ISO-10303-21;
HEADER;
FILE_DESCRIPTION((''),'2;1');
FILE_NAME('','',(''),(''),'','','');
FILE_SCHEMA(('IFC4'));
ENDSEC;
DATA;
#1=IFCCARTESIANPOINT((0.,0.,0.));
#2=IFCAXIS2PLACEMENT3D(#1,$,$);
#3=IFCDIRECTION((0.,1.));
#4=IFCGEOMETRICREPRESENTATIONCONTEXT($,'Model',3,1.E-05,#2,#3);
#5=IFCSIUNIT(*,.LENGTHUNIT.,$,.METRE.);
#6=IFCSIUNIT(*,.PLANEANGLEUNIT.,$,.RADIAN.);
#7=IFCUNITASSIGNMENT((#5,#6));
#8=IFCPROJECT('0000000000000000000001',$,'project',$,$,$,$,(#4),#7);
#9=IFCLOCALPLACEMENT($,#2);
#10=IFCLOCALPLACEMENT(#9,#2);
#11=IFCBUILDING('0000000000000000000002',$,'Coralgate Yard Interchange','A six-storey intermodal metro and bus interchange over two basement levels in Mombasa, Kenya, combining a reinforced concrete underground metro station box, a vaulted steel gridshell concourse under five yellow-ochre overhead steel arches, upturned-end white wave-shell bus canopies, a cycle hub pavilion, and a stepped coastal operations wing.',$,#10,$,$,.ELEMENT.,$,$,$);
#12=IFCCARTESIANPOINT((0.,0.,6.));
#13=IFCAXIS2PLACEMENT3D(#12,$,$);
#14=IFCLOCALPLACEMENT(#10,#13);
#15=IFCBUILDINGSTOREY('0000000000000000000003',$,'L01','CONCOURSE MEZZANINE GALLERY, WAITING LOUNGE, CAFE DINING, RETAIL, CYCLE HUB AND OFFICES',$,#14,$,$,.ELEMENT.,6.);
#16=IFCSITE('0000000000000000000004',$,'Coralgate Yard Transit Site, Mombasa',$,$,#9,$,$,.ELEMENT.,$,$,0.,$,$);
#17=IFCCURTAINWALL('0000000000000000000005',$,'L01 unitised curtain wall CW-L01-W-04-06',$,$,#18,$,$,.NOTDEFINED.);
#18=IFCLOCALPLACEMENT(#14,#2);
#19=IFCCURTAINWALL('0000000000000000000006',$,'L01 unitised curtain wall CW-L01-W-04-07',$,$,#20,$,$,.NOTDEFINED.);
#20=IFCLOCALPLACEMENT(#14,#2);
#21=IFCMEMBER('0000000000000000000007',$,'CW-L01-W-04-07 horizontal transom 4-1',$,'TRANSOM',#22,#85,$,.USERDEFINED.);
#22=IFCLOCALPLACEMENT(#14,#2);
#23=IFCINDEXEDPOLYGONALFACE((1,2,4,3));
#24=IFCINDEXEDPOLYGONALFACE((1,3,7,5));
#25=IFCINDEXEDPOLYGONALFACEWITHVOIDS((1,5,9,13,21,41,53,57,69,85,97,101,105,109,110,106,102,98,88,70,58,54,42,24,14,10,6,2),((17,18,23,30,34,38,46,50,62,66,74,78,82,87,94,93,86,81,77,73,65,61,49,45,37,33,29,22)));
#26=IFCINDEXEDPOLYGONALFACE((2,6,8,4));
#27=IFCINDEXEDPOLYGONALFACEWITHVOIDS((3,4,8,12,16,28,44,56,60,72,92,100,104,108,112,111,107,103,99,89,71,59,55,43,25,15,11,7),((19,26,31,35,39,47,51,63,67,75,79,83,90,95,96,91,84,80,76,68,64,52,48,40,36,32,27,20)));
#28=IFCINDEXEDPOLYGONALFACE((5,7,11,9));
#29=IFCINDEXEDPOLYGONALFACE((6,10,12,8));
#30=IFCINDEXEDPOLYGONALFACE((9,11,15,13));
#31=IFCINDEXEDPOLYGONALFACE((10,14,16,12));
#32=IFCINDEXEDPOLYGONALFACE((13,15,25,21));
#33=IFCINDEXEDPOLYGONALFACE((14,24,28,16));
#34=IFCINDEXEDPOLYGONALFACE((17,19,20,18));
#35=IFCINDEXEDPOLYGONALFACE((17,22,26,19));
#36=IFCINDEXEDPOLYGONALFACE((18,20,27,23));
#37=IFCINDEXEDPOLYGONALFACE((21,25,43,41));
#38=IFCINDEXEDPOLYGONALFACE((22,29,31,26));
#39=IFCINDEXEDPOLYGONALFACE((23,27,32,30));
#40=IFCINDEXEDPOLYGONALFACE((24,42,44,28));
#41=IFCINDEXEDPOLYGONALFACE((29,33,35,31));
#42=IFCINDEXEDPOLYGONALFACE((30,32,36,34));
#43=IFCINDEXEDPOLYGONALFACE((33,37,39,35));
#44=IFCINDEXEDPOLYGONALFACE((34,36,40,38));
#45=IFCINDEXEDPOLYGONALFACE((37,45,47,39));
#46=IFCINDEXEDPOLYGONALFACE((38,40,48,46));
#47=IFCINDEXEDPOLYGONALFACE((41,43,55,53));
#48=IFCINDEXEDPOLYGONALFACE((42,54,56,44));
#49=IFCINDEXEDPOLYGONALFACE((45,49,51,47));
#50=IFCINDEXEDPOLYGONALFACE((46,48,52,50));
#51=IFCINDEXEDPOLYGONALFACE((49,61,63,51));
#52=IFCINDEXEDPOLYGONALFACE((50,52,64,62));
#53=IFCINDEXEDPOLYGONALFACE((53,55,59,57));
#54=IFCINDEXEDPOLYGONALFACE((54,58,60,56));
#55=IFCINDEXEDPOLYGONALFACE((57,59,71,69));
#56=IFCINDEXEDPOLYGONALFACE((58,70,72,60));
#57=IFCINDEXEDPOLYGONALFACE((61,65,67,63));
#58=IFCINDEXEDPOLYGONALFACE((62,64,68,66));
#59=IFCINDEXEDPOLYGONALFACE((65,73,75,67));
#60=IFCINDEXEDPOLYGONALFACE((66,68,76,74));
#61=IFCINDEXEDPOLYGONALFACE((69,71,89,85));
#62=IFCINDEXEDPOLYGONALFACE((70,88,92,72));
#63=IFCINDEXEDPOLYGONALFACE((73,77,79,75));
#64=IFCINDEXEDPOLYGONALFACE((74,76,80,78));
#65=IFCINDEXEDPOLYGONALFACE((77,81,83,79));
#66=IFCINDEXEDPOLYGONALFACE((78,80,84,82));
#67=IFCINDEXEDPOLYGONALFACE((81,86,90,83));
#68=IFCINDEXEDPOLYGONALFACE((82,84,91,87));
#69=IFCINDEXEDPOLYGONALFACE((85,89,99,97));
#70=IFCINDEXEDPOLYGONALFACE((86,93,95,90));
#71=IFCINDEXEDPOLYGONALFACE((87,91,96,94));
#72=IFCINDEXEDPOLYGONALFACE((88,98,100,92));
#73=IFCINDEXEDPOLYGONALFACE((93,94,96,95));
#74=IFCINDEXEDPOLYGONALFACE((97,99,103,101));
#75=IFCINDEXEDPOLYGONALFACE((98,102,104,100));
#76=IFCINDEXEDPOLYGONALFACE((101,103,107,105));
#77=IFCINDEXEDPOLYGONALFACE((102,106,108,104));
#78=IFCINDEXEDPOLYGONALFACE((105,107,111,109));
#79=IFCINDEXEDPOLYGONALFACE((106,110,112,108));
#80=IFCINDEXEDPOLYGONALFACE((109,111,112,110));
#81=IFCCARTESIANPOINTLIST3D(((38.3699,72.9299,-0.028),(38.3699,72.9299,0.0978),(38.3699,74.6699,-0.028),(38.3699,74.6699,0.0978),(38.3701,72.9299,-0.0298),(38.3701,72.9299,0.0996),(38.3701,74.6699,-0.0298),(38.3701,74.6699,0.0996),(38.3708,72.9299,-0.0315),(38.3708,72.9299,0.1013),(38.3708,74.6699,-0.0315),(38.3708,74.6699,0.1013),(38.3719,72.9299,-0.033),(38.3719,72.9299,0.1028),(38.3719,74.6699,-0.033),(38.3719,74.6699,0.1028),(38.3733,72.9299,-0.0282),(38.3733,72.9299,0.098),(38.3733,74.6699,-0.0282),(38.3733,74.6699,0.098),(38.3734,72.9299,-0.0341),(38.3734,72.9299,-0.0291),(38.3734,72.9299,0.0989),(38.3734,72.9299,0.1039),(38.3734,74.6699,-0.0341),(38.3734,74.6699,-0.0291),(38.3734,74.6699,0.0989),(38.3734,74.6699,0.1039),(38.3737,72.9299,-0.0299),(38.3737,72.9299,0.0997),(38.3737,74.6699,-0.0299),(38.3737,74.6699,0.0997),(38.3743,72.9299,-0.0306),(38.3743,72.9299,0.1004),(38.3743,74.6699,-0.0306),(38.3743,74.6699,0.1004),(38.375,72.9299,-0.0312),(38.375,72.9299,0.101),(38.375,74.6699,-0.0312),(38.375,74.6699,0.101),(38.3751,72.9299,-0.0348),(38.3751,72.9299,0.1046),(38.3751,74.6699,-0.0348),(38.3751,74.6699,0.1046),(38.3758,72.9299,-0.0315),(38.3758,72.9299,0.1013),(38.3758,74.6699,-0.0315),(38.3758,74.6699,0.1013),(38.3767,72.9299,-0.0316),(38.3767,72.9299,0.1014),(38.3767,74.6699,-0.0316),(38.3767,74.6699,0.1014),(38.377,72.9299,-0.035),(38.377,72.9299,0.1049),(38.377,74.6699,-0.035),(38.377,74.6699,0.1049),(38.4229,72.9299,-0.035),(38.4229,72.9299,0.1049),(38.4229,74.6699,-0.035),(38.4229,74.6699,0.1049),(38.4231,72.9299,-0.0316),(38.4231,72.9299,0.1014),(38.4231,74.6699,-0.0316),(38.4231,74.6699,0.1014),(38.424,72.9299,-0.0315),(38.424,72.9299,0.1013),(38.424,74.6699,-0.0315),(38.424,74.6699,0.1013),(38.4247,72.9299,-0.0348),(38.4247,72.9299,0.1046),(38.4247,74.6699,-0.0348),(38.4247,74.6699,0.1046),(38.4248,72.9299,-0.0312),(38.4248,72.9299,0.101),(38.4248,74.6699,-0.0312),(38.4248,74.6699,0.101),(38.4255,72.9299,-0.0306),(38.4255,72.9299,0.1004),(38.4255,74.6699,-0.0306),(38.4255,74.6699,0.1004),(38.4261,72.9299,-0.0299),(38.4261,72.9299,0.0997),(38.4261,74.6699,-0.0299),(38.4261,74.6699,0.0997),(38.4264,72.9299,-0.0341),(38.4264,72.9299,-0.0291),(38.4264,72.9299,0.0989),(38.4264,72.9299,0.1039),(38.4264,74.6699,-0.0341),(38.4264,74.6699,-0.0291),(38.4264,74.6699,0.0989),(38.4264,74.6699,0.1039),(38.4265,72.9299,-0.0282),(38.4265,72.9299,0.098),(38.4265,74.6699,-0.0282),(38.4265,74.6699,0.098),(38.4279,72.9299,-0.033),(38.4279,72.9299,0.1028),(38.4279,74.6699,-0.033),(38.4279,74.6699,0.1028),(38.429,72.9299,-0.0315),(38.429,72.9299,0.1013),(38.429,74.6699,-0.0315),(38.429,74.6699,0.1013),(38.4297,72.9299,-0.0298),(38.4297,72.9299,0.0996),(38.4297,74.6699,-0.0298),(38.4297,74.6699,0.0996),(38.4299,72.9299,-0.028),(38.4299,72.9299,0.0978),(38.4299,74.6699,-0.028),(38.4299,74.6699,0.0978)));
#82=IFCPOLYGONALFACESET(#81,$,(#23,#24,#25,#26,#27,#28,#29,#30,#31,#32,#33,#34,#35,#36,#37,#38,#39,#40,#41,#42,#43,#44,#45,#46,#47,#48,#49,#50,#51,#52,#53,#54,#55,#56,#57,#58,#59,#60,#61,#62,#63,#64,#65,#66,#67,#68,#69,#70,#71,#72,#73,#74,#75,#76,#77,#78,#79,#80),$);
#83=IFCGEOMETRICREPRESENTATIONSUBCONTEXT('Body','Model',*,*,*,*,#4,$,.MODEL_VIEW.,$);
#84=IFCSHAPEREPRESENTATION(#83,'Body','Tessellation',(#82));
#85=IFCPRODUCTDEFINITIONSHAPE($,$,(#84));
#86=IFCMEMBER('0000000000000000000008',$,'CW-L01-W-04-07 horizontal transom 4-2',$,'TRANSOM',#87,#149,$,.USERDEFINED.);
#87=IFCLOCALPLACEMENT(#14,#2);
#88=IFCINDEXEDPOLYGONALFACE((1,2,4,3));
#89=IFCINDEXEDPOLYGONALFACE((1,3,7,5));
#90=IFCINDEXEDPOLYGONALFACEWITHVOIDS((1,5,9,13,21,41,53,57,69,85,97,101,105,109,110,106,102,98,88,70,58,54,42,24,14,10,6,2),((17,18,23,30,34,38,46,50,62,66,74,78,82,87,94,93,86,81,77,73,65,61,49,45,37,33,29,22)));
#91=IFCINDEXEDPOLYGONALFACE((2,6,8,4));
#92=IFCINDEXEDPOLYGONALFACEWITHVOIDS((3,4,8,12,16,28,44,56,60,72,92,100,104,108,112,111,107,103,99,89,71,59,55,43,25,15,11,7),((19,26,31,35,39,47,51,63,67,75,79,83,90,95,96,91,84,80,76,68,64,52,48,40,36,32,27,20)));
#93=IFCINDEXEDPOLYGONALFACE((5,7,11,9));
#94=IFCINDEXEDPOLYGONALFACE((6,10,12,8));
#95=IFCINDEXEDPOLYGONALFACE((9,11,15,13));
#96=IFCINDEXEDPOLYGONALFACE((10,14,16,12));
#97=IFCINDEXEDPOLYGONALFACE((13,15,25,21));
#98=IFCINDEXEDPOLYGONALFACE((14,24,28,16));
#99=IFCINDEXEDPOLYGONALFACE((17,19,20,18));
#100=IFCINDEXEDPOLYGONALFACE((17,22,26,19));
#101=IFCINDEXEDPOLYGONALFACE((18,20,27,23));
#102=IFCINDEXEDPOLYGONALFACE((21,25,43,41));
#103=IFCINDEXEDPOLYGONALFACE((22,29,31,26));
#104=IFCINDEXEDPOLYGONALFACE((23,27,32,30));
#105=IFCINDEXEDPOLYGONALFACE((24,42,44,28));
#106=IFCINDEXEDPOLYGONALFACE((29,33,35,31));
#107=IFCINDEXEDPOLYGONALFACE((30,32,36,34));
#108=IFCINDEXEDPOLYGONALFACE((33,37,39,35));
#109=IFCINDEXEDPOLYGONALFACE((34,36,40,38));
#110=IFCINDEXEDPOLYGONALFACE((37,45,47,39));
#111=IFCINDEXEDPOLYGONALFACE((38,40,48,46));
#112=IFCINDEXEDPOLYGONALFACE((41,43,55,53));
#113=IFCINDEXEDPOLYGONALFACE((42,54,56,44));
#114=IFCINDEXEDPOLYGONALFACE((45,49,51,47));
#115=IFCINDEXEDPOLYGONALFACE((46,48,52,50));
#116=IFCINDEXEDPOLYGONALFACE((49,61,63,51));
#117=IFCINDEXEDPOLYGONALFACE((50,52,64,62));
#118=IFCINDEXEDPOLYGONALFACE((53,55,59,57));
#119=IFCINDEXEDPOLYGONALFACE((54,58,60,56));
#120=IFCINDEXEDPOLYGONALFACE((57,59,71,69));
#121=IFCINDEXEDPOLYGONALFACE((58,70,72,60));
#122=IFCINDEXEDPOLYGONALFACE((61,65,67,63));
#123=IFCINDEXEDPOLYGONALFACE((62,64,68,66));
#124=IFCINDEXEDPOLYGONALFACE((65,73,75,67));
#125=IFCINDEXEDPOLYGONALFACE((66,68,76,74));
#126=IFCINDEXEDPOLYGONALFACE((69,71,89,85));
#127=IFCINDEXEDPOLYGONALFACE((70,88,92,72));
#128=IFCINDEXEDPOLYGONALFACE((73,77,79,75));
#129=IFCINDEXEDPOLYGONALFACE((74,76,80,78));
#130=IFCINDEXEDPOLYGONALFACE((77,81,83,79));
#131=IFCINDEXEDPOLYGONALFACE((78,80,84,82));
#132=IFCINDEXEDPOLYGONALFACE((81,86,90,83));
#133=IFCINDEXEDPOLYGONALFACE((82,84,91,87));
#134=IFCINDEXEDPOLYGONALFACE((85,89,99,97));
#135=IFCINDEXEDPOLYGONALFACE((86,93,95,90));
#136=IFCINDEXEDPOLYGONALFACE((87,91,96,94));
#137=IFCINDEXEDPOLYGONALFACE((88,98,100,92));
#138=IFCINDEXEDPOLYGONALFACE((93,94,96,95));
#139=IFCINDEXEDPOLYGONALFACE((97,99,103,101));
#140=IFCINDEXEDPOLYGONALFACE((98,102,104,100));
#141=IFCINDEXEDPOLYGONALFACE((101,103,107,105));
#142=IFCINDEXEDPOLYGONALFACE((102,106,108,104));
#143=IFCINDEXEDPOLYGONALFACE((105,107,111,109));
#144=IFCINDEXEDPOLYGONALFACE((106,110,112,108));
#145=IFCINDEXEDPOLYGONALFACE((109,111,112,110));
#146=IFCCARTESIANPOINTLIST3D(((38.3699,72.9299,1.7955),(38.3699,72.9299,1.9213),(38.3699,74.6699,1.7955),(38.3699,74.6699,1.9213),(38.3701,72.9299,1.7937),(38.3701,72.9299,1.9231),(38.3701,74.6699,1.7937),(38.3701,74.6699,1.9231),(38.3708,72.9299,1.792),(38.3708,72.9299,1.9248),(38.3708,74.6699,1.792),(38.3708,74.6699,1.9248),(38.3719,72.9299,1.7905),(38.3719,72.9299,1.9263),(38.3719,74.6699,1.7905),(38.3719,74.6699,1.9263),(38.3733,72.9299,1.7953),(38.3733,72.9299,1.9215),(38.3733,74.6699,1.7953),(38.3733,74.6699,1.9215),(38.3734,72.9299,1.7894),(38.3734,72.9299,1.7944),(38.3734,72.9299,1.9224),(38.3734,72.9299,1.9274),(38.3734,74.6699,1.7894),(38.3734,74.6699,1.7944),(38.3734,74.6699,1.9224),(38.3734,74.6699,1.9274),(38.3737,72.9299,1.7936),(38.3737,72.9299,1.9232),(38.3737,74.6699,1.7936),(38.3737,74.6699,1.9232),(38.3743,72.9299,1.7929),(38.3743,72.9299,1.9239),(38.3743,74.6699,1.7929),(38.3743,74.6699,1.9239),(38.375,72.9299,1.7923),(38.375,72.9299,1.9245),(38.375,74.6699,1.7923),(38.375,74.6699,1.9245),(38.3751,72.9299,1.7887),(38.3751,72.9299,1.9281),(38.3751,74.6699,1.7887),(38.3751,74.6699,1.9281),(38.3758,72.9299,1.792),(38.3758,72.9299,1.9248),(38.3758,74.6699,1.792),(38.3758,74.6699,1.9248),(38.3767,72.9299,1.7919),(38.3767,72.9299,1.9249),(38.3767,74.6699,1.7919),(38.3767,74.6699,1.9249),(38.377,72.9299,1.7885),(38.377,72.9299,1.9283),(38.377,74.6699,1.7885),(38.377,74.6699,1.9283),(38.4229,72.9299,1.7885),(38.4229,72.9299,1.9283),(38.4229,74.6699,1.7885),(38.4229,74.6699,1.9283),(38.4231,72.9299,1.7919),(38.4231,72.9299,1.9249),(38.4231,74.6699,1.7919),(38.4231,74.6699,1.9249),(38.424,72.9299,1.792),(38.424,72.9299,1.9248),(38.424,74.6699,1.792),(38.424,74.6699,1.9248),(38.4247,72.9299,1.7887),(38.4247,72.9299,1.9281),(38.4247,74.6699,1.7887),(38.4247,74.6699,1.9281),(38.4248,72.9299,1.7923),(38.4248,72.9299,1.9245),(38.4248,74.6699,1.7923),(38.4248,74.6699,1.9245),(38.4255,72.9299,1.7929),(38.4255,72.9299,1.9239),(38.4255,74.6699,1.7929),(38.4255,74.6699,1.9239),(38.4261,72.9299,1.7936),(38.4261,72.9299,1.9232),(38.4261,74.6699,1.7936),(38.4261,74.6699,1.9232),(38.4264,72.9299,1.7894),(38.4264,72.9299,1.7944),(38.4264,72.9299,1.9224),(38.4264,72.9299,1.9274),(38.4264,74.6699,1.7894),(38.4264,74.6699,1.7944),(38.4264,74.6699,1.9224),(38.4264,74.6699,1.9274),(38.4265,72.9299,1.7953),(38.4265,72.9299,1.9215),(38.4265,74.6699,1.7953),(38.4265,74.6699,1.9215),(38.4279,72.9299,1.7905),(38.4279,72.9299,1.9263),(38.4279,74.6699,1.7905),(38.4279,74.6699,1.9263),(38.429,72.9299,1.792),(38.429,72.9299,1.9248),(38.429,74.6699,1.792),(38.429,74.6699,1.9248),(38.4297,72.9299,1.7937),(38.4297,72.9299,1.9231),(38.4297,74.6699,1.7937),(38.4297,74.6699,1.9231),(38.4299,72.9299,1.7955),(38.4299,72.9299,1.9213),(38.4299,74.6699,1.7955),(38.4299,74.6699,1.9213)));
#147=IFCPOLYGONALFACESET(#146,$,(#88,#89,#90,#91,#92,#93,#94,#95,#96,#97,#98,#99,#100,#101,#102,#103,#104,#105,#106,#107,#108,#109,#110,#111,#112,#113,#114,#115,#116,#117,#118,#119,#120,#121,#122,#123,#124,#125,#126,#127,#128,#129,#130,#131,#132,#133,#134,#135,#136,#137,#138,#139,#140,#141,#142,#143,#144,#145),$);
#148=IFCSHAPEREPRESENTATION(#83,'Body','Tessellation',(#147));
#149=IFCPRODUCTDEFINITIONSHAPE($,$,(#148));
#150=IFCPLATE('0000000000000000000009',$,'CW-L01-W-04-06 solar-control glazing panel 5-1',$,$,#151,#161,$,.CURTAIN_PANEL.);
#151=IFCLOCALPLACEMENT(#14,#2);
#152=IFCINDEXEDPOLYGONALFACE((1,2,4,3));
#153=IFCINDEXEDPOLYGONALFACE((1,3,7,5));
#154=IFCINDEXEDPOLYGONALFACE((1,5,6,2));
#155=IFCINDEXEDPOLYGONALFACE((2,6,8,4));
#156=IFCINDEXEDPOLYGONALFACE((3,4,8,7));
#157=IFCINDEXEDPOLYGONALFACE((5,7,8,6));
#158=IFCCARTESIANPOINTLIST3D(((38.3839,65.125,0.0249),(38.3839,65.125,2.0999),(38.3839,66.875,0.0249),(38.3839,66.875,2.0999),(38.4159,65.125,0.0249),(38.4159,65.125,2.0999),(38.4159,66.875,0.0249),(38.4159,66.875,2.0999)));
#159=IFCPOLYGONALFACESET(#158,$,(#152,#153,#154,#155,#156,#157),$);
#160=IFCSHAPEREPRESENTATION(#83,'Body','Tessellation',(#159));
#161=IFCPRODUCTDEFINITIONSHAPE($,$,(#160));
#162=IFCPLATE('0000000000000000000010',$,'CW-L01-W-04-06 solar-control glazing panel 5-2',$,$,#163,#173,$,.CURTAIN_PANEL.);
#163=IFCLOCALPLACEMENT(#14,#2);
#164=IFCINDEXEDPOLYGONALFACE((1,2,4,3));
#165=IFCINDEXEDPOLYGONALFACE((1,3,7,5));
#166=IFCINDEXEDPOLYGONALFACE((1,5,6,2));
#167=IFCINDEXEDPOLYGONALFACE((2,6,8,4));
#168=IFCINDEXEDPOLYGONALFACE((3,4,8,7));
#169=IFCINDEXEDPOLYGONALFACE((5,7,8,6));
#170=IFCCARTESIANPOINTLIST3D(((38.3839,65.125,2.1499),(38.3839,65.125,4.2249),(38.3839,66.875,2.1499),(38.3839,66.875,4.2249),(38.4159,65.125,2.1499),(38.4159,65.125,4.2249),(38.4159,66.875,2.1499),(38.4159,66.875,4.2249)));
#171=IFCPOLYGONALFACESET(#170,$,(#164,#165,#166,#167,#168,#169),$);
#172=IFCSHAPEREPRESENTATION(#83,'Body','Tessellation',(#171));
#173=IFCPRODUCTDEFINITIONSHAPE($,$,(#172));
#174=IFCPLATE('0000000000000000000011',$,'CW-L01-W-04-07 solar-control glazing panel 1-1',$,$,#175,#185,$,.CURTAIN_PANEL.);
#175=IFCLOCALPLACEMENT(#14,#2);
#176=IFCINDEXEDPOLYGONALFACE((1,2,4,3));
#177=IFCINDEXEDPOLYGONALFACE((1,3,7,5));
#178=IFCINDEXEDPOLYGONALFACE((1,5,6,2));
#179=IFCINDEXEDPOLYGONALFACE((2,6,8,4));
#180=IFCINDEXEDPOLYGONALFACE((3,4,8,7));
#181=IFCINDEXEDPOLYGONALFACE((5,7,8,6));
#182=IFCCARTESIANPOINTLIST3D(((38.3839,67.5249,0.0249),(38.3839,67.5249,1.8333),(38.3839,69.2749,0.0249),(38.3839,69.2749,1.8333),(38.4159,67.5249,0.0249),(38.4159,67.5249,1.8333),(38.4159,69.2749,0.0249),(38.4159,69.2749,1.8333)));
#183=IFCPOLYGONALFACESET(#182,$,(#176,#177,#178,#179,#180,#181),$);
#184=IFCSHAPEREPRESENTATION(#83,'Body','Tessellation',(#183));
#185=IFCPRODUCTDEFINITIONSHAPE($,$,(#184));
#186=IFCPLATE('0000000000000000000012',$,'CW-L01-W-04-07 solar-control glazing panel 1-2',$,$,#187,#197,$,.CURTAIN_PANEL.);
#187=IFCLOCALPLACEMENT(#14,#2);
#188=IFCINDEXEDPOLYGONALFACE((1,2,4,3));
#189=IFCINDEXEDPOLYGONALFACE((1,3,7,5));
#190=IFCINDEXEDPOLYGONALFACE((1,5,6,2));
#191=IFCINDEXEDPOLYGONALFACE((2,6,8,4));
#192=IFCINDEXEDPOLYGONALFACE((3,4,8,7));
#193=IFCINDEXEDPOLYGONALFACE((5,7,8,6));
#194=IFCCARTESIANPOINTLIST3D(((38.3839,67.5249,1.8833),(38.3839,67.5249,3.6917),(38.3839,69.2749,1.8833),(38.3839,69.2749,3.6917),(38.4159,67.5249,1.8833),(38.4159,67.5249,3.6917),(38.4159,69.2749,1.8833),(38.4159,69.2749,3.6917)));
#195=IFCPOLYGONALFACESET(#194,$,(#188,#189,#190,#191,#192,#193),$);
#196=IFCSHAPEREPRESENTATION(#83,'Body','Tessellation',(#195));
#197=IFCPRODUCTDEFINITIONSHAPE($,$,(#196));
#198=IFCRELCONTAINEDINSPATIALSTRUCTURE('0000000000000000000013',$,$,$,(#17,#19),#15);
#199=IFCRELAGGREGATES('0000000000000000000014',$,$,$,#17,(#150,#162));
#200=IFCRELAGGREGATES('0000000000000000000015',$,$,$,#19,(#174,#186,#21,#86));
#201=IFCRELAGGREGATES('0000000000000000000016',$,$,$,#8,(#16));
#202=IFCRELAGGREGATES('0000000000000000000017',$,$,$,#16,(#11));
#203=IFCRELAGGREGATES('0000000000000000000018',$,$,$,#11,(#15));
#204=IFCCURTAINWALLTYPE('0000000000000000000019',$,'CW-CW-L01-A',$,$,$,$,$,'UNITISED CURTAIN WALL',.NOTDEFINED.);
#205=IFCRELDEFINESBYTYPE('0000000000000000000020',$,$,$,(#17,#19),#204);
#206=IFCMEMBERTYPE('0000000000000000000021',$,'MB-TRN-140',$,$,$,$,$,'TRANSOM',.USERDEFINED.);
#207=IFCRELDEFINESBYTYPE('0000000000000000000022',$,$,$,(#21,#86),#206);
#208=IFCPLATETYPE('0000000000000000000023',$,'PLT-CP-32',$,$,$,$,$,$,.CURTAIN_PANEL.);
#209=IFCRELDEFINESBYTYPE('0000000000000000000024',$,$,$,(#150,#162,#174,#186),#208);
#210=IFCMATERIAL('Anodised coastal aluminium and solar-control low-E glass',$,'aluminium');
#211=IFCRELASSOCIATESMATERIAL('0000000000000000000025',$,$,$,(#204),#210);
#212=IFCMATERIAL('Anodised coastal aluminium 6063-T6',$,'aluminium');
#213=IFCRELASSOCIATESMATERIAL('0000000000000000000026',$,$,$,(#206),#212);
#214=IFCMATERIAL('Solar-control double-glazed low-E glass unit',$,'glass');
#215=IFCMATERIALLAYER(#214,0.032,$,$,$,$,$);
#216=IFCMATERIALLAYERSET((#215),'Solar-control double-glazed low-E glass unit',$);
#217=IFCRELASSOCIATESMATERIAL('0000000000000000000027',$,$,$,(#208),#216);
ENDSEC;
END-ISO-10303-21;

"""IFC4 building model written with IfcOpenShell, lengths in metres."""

from ifc_helpers import new_model, si_unit, direction, frame, origin, origin_2d, place, context, subcontext, project, spatial, rectangle, hollow_rectangle, extrude, material, layer, layer_set, material_profile, profile_set, type_object, element, aggregate, save


model = new_model("IFC4")

# Units and contexts
model_context = context("Model", 3, precision=1e-05, world=origin(), true_north=direction((0.0, 1.0)))
body_context = subcontext(model_context, "Body", "Model", "MODEL_VIEW")
ifc_project = project(units=[si_unit("LENGTHUNIT", "METRE"), si_unit("PLANEANGLEUNIT", "RADIAN")], contexts=[model_context])

# Site, building, storey
site_placement = place(None, origin())
site = spatial("IfcSite", under=ifc_project, at=site_placement, Name="Coralgate Yard Transit Site, Mombasa", CompositionType="ELEMENT", RefElevation=0.0)
building_placement = place(site_placement, origin())
building = spatial("IfcBuilding", under=site, at=building_placement, Name="Coralgate Yard Interchange", Description="A six-storey intermodal metro and bus interchange over two basement levels in Mombasa, Kenya, combining a reinforced concrete underground metro station box, a vaulted steel gridshell concourse under five yellow-ochre overhead steel arches, upturned-end white wave-shell bus canopies, a cycle hub pavilion, and a stepped coastal operations wing.", CompositionType="ELEMENT")
storey_placement = place(building_placement, frame((0.0, 0.0, 6.0)))
storey = spatial("IfcBuildingStorey", under=building, at=storey_placement, Name="L01", Description="CONCOURSE MEZZANINE GALLERY, WAITING LOUNGE, CAFE DINING, RETAIL, CYCLE HUB AND OFFICES", CompositionType="ELEMENT", Elevation=6.0)

# Curtain wall
ifc_material_1 = material(Name="Anodised coastal aluminium and solar-control low-E glass", Category="aluminium")
curtain_wall_type = type_object("IfcCurtainWallType", Name="CW-CW-L01-A", ElementType="UNITISED CURTAIN WALL", PredefinedType="NOTDEFINED", material=ifc_material_1)
curtain_wall_1_placement = place(storey_placement, origin())
curtain_wall_1 = element("IfcCurtainWall", 1, at=curtain_wall_1_placement, inside=storey, type_object=curtain_wall_type, Name="L01 unitised curtain wall CW-L01-W-04-06", PredefinedType="NOTDEFINED")
ifc_material_2 = material(Name="Anodised coastal aluminium 6063-T6", Category="aluminium")

# Curtain wall, members
curtain_wall_2_placement = place(storey_placement, origin())
curtain_wall_2 = element("IfcCurtainWall", 2, at=curtain_wall_2_placement, inside=storey, type_object=curtain_wall_type, Name="L01 unitised curtain wall CW-L01-W-04-07", PredefinedType="NOTDEFINED")
ifc_material_profile_1 = material_profile(ifc_material_2, hollow_rectangle(XDim=0.0601, YDim=0.1399, WallThickness=0.0034, InnerFilletRadius=0.0034, OuterFilletRadius=0.0071, at=origin_2d()), Name="ALU 60x140x3.5")
ifc_profile_set_1 = profile_set([ifc_material_profile_1], Name="Anodised coastal aluminium 6063-T6")
member_type_1 = type_object("IfcMemberType", Name="MB-TRN-140", ElementType="TRANSOM", PredefinedType="USERDEFINED", material=ifc_profile_set_1)
member_1_placement = place(storey_placement, frame((38.3999, 72.9299, 0.0349), z_axis=(0.0, 1.0, 0.0), x_axis=(-1.0, 0.0, 0.0)))
member_1 = element("IfcMember", 3, at=member_1_placement, type_object=member_type_1, Name="CW-L01-W-04-07 horizontal transom 4-1", ObjectType="TRANSOM", PredefinedType="USERDEFINED", context=body_context, shape_type="SweptSolid", body=[
    extrude(hollow_rectangle(XDim=0.0601, YDim=0.1399, WallThickness=0.0034, InnerFilletRadius=0.0034, OuterFilletRadius=0.0071, at=origin_2d()), origin(), (0.0, 0.0, 1.0), 1.74),
])
member_2_placement = place(storey_placement, frame((38.3999, 72.9299, 1.8584), z_axis=(0.0, 1.0, 0.0), x_axis=(-1.0, 0.0, 0.0)))
member_2 = element("IfcMember", 4, at=member_2_placement, type_object=member_type_1, Name="CW-L01-W-04-07 horizontal transom 4-2", ObjectType="TRANSOM", PredefinedType="USERDEFINED", context=body_context, shape_type="SweptSolid", body=[
    extrude(hollow_rectangle(XDim=0.0601, YDim=0.1399, WallThickness=0.0034, InnerFilletRadius=0.0034, OuterFilletRadius=0.0071, at=origin_2d()), origin(), (0.0, 0.0, 1.0), 1.74),
])

# Plates
ifc_material_3 = material(Name="Solar-control double-glazed low-E glass unit", Category="glass")
ifc_layer = layer(ifc_material_3, 0.032)
ifc_layer_set = layer_set([ifc_layer], Name="Solar-control double-glazed low-E glass unit")
plate_type = type_object("IfcPlateType", Name="PLT-CP-32", PredefinedType="CURTAIN_PANEL", material=ifc_layer_set)
plate_1_placement = place(storey_placement, frame((38.3999, 66.0, 0.0249), z_axis=(0.0, 0.0, 1.0), x_axis=(0.0, 1.0, 0.0)))
plate_1 = element("IfcPlate", 5, at=plate_1_placement, type_object=plate_type, Name="CW-L01-W-04-06 solar-control glazing panel 5-1", PredefinedType="CURTAIN_PANEL", context=body_context, shape_type="SweptSolid", body=[
    extrude(rectangle(XDim=1.75, YDim=0.032, at=origin_2d()), origin(), (0.0, 0.0, 1.0), 2.075),
])
plate_2_placement = place(storey_placement, frame((38.3999, 66.0, 2.1499), z_axis=(0.0, 0.0, 1.0), x_axis=(0.0, 1.0, 0.0)))
plate_2 = element("IfcPlate", 6, at=plate_2_placement, type_object=plate_type, Name="CW-L01-W-04-06 solar-control glazing panel 5-2", PredefinedType="CURTAIN_PANEL", context=body_context, shape_type="SweptSolid", body=[
    extrude(rectangle(XDim=1.75, YDim=0.032, at=origin_2d()), origin(), (0.0, 0.0, 1.0), 2.075),
])
aggregate(curtain_wall_1, [plate_1, plate_2])
plate_3_placement = place(storey_placement, frame((38.3999, 68.3999, 0.0249), z_axis=(0.0, 0.0, 1.0), x_axis=(0.0, 1.0, 0.0)))
plate_3 = element("IfcPlate", 7, at=plate_3_placement, type_object=plate_type, Name="CW-L01-W-04-07 solar-control glazing panel 1-1", PredefinedType="CURTAIN_PANEL", context=body_context, shape_type="SweptSolid", body=[
    extrude(rectangle(XDim=1.75, YDim=0.032, at=origin_2d()), origin(), (0.0, 0.0, 1.0), 1.8083),
])
plate_4_placement = place(storey_placement, frame((38.3999, 68.3999, 1.8833), z_axis=(0.0, 0.0, 1.0), x_axis=(0.0, 1.0, 0.0)))
plate_4 = element("IfcPlate", 8, at=plate_4_placement, type_object=plate_type, Name="CW-L01-W-04-07 solar-control glazing panel 1-2", PredefinedType="CURTAIN_PANEL", context=body_context, shape_type="SweptSolid", body=[
    extrude(rectangle(XDim=1.75, YDim=0.032, at=origin_2d()), origin(), (0.0, 0.0, 1.0), 1.8083),
])
aggregate(curtain_wall_2, [plate_3, plate_4, member_1, member_2])

save(model, "model.ifc")
